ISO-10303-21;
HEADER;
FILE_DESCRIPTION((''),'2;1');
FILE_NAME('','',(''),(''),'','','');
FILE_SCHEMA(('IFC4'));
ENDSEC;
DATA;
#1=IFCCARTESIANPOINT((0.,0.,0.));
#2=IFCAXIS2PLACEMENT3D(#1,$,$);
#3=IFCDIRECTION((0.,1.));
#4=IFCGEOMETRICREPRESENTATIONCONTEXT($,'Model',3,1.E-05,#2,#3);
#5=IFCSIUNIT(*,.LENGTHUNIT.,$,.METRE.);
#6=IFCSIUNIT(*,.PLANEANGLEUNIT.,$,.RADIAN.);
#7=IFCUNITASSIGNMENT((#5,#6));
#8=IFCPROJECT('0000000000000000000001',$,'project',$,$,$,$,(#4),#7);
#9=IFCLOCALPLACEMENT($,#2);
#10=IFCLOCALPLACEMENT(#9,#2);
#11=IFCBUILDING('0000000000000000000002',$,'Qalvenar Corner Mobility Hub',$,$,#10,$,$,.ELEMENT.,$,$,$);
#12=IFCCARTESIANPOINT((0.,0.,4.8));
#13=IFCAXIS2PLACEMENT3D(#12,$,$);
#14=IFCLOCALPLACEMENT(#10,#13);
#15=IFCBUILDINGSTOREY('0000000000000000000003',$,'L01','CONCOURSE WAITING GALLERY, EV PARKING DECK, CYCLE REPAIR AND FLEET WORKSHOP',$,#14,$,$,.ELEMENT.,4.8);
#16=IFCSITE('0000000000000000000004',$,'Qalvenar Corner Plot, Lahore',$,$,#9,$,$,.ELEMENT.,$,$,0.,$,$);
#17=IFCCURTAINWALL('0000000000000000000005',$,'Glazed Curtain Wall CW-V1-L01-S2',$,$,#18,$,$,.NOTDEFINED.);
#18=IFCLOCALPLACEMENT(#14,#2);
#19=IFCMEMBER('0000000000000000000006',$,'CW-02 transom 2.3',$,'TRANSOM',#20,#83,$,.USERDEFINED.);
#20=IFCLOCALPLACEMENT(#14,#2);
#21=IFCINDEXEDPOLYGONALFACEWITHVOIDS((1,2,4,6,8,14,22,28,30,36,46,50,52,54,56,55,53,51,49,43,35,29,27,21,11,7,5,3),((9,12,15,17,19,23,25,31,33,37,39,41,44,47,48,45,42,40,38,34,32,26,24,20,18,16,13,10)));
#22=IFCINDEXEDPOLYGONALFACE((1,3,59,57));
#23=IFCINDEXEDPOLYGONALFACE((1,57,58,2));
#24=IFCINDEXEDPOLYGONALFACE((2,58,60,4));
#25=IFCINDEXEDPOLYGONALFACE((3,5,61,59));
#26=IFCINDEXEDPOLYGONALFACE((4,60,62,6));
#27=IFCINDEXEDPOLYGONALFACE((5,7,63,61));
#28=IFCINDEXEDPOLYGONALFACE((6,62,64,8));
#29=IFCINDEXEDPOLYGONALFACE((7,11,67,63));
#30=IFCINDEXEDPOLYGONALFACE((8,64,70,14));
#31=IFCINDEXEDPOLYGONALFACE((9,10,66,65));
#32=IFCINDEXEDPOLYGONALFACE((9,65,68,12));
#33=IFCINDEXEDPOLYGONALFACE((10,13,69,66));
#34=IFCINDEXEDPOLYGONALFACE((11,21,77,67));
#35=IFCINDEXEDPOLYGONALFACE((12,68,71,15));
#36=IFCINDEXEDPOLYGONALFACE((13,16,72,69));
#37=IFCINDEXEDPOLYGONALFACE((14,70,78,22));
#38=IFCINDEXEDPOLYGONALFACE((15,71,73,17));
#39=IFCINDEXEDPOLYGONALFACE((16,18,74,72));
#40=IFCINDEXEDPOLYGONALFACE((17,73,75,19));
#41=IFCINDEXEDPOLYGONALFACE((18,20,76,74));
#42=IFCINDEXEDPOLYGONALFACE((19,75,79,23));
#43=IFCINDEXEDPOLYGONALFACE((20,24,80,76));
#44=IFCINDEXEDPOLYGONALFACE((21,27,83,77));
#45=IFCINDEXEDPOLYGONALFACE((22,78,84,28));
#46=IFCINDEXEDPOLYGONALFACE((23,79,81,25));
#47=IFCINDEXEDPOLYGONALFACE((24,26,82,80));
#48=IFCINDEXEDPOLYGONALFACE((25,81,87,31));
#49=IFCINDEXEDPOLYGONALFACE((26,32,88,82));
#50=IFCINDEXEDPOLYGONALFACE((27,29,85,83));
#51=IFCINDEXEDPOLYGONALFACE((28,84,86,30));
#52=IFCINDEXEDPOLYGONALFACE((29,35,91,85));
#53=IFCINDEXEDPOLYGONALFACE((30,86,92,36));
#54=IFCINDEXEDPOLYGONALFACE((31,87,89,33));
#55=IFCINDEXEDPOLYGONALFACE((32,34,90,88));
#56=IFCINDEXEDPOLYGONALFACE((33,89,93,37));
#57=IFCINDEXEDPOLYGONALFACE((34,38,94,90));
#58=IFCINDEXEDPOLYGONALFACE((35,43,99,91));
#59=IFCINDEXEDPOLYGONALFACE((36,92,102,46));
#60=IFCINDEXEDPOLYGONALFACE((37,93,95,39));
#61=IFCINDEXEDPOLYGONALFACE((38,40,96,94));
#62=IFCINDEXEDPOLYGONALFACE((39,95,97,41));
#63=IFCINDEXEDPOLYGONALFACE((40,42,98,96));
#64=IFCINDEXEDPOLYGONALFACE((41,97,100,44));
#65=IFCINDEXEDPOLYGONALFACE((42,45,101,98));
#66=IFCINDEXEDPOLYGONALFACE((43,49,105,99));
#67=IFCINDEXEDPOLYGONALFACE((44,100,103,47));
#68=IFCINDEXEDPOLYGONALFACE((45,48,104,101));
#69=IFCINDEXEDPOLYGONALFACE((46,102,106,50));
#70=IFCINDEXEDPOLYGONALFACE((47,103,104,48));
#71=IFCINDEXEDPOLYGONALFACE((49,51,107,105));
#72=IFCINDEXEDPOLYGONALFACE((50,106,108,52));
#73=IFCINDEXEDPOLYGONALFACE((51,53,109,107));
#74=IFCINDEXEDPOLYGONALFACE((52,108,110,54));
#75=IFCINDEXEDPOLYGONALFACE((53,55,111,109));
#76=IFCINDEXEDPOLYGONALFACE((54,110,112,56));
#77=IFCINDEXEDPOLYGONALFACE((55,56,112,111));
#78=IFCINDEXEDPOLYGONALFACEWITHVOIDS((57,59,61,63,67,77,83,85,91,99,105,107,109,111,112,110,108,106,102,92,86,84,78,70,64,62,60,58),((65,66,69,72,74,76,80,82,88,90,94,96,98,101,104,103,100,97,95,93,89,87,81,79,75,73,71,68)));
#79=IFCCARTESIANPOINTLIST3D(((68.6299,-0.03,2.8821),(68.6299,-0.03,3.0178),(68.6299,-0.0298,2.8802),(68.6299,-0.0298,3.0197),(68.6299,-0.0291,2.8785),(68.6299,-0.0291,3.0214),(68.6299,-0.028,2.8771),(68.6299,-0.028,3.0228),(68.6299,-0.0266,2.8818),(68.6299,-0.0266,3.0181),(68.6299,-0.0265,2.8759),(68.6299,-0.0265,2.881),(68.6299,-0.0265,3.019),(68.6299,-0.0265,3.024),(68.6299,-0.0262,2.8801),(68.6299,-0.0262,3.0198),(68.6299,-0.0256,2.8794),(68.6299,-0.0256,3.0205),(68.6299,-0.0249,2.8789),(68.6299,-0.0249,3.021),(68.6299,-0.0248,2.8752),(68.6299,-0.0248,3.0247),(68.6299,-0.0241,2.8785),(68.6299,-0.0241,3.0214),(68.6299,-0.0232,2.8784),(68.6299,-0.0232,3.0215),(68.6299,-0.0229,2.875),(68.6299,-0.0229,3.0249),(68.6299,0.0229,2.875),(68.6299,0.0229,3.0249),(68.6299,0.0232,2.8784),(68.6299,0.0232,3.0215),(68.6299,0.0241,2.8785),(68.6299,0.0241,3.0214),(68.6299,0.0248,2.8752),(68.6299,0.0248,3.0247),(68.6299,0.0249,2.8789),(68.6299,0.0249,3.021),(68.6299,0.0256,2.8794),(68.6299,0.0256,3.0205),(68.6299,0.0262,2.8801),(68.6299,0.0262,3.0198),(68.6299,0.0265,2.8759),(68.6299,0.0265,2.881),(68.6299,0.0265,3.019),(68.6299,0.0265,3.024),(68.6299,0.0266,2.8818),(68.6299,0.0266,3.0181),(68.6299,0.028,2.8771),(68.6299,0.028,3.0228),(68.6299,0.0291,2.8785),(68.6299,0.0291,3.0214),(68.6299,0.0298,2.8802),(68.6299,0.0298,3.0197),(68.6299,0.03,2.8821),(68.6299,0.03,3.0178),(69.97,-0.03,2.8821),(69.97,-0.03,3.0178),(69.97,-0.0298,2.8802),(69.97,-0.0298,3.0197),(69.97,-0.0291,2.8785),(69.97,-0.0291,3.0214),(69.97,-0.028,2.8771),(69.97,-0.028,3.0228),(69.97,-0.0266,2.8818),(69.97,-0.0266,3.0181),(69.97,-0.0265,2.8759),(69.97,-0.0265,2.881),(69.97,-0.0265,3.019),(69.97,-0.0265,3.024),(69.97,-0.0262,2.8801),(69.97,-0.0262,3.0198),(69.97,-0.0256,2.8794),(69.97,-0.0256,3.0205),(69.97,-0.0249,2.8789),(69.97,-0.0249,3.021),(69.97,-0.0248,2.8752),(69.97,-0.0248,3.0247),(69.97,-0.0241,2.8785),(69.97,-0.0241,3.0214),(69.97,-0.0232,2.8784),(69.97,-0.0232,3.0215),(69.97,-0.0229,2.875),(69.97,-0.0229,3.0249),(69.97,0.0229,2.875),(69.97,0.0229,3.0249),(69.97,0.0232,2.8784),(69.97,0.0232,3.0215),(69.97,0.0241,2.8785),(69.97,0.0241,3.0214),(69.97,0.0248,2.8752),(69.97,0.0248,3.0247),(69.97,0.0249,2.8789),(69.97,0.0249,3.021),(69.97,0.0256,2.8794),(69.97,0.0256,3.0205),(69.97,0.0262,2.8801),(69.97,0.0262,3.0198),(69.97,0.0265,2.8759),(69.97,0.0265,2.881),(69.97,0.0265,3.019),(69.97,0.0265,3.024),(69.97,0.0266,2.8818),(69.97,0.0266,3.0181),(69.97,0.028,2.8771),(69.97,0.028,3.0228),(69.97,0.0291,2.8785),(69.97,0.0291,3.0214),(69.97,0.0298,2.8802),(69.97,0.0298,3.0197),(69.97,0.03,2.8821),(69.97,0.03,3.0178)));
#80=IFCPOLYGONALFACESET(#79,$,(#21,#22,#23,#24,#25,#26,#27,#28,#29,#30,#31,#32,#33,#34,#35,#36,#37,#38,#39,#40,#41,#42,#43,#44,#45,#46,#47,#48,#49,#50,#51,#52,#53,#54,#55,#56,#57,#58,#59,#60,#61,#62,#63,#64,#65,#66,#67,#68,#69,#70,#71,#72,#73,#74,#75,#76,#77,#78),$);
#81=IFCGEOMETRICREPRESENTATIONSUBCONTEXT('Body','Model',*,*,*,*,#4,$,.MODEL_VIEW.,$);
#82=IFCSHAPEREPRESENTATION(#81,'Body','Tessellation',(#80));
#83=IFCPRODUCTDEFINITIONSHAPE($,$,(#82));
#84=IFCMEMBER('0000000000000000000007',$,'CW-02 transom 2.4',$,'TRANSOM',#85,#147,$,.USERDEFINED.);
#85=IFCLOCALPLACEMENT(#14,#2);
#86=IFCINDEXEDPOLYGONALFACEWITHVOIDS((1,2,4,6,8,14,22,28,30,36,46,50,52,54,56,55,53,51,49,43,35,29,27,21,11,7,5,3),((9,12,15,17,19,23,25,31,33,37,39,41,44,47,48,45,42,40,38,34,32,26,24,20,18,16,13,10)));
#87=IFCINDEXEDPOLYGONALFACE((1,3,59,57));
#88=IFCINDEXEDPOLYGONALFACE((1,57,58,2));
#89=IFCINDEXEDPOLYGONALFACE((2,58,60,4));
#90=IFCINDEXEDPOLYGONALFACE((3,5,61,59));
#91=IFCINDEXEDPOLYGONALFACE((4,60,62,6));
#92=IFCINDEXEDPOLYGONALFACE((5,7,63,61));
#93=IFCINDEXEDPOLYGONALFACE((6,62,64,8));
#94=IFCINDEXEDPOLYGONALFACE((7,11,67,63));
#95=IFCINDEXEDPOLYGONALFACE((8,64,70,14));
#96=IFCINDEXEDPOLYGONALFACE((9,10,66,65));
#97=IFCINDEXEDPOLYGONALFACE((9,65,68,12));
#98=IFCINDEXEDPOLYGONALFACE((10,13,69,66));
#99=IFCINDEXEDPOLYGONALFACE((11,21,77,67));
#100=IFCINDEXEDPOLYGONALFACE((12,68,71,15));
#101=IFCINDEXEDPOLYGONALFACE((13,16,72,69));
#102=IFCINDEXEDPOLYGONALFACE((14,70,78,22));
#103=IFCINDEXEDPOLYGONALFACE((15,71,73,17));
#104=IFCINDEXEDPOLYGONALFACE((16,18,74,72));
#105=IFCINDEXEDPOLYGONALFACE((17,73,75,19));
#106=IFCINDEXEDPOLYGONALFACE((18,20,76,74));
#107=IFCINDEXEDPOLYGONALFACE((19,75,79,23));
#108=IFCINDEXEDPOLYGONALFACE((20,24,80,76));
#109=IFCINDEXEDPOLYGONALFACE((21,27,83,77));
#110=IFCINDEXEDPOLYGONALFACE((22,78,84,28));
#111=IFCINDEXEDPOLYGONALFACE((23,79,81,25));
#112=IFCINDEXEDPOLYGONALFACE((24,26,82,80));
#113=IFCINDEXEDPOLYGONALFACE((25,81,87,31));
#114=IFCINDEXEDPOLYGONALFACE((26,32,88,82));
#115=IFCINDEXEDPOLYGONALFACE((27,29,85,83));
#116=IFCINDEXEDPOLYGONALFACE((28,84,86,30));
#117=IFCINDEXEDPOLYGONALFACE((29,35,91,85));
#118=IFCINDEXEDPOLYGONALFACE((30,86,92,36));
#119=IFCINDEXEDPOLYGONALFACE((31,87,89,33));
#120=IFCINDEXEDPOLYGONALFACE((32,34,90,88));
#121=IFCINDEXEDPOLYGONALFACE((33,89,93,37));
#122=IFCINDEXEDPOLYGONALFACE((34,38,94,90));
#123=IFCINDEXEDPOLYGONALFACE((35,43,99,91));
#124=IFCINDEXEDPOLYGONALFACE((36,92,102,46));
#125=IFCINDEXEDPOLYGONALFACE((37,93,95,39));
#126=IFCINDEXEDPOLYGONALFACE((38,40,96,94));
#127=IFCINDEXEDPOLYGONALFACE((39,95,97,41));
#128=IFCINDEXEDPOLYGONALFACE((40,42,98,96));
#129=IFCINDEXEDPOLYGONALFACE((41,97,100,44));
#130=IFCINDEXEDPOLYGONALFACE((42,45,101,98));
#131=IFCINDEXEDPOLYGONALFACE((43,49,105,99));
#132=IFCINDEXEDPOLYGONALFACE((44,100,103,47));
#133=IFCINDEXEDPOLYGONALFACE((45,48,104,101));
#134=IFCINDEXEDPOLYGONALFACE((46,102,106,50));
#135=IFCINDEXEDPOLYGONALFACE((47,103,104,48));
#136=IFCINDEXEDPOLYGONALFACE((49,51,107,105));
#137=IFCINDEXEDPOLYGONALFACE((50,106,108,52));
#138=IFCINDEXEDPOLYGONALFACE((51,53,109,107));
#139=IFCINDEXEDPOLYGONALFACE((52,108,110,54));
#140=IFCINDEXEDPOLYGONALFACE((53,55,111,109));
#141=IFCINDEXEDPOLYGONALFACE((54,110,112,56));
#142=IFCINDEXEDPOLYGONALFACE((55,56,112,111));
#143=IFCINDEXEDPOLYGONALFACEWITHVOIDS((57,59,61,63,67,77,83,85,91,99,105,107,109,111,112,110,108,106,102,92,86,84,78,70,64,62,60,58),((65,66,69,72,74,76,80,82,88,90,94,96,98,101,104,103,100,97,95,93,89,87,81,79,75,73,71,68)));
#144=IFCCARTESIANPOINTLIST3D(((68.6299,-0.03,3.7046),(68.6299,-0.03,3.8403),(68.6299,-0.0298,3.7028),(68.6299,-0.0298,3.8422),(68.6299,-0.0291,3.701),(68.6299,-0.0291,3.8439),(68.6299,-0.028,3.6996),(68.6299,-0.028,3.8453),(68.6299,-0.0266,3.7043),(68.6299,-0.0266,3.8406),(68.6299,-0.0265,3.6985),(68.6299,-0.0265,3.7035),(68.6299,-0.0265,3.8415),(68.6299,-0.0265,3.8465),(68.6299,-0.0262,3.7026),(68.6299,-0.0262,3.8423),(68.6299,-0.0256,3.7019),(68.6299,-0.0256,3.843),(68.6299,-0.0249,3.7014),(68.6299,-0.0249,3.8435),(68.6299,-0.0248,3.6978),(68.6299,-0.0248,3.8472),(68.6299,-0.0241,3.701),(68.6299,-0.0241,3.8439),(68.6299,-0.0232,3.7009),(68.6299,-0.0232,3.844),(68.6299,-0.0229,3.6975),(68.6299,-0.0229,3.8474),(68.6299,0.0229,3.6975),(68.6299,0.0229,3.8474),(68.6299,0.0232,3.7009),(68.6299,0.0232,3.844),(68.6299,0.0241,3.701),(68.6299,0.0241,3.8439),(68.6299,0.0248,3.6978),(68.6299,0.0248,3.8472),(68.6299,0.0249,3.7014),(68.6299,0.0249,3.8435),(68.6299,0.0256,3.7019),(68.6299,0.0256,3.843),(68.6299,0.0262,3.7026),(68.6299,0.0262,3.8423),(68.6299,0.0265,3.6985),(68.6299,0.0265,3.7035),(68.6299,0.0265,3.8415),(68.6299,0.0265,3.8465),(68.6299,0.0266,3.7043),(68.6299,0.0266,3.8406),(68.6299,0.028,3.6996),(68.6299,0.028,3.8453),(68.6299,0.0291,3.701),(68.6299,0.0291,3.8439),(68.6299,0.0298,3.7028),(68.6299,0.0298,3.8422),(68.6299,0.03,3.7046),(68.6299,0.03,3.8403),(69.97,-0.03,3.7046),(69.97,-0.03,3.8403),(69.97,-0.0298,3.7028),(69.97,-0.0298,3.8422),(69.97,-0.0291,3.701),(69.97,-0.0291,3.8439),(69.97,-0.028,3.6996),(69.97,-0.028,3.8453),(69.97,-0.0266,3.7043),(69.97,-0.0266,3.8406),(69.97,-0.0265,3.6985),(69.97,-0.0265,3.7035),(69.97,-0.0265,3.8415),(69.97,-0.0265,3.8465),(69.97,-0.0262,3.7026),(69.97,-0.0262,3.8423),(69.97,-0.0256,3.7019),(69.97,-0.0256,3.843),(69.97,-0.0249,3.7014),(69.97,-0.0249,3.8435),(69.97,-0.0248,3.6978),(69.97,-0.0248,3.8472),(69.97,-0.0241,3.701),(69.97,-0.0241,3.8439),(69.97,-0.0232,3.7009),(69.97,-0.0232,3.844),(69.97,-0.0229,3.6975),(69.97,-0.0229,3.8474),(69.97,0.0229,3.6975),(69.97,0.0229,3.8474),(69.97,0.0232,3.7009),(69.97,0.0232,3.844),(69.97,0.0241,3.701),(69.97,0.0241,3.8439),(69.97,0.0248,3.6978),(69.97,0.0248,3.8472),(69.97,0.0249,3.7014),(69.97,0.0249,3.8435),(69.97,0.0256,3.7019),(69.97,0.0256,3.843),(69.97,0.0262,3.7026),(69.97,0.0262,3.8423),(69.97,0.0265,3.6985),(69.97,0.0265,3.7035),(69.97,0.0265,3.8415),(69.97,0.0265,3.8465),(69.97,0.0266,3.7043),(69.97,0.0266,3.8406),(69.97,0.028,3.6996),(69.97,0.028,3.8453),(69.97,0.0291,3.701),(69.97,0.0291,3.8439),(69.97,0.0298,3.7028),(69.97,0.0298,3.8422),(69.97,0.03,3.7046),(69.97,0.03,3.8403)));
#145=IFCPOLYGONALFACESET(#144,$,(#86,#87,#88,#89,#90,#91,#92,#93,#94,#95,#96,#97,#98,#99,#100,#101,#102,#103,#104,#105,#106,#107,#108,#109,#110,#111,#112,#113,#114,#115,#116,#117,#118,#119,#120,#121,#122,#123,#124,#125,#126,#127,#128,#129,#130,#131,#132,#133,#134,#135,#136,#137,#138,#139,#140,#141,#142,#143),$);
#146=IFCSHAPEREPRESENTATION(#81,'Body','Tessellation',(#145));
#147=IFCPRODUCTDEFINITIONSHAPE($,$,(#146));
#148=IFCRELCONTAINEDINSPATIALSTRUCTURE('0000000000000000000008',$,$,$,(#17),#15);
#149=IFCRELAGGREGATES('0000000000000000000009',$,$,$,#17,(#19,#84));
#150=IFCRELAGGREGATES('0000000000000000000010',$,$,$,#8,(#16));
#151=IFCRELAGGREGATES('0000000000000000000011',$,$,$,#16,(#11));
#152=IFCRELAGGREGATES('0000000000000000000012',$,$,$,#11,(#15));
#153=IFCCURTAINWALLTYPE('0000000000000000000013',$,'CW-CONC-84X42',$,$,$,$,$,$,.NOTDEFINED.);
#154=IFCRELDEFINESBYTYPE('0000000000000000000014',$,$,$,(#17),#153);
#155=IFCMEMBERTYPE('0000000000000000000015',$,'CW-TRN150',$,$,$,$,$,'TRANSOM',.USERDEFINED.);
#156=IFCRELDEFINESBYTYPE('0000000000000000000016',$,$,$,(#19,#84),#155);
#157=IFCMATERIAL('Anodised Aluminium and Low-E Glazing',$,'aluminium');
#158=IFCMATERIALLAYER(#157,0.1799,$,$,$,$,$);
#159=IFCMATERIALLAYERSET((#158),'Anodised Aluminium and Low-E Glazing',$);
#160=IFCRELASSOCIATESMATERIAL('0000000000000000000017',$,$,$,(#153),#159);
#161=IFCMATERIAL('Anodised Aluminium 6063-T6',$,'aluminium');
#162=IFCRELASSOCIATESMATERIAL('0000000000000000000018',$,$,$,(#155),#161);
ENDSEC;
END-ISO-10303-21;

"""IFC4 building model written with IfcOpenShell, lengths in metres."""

from ifc_helpers import new_model, si_unit, direction, frame, origin, origin_2d, place, context, subcontext, project, spatial, hollow_rectangle, extrude, material, layer, layer_set, material_profile, profile_set, type_object, element, aggregate, save


model = new_model("IFC4")

# Units and contexts
model_context = context("Model", 3, precision=1e-05, world=origin(), true_north=direction((0.0, 1.0)))
body_context = subcontext(model_context, "Body", "Model", "MODEL_VIEW")
ifc_project = project(units=[si_unit("LENGTHUNIT", "METRE"), si_unit("PLANEANGLEUNIT", "RADIAN")], contexts=[model_context])

# Site, building, storey
site_placement = place(None, origin())
site = spatial("IfcSite", under=ifc_project, at=site_placement, Name="Qalvenar Corner Plot, Lahore", CompositionType="ELEMENT", RefElevation=0.0)
building_placement = place(site_placement, origin())
building = spatial("IfcBuilding", under=site, at=building_placement, Name="Qalvenar Corner Mobility Hub", CompositionType="ELEMENT")
storey_placement = place(building_placement, frame((0.0, 0.0, 4.8)))
storey = spatial("IfcBuildingStorey", under=building, at=storey_placement, Name="L01", Description="CONCOURSE WAITING GALLERY, EV PARKING DECK, CYCLE REPAIR AND FLEET WORKSHOP", CompositionType="ELEMENT", Elevation=4.8)

# Curtain wall, members
ifc_material_1 = material(Name="Anodised Aluminium and Low-E Glazing", Category="aluminium")
ifc_layer_1 = layer(ifc_material_1, 0.1799)
ifc_layer_set_1 = layer_set([ifc_layer_1], Name="Anodised Aluminium and Low-E Glazing")
curtain_wall_type = type_object("IfcCurtainWallType", Name="CW-CONC-84X42", PredefinedType="NOTDEFINED", material=ifc_layer_set_1)
curtain_wall_placement = place(storey_placement, origin())
curtain_wall = element("IfcCurtainWall", 1, at=curtain_wall_placement, inside=storey, type_object=curtain_wall_type, Name="Glazed Curtain Wall CW-V1-L01-S2", PredefinedType="NOTDEFINED")
ifc_material_2 = material(Name="Anodised Aluminium 6063-T6", Category="aluminium")
ifc_material_profile_1 = material_profile(ifc_material_2, hollow_rectangle(XDim=0.0601, YDim=0.1499, WallThickness=0.0034, InnerFilletRadius=0.0034, OuterFilletRadius=0.0071, at=origin_2d()), Name="RHS150x60x3.5")
ifc_profile_set_1 = profile_set([ifc_material_profile_1], Name="Anodised Aluminium 6063-T6")
member_type_1 = type_object("IfcMemberType", Name="CW-TRN150", ElementType="TRANSOM", PredefinedType="USERDEFINED", material=ifc_profile_set_1)
member_1_placement = place(storey_placement, frame((68.6299, 0.0, 2.95), z_axis=(1.0, 0.0, 0.0), x_axis=(0.0, 1.0, 0.0)))
member_1 = element("IfcMember", 2, at=member_1_placement, type_object=member_type_1, Name="CW-02 transom 2.3", ObjectType="TRANSOM", PredefinedType="USERDEFINED", context=body_context, shape_type="SweptSolid", body=[
    extrude(hollow_rectangle(XDim=0.0601, YDim=0.1499, WallThickness=0.0034, InnerFilletRadius=0.0034, OuterFilletRadius=0.0071, at=origin_2d()), origin(), (0.0, 0.0, 1.0), 1.3401),
])
member_2_placement = place(storey_placement, frame((68.6299, 0.0, 3.7725), z_axis=(1.0, 0.0, 0.0), x_axis=(0.0, 1.0, 0.0)))
member_2 = element("IfcMember", 3, at=member_2_placement, type_object=member_type_1, Name="CW-02 transom 2.4", ObjectType="TRANSOM", PredefinedType="USERDEFINED", context=body_context, shape_type="SweptSolid", body=[
    extrude(hollow_rectangle(XDim=0.0601, YDim=0.1499, WallThickness=0.0034, InnerFilletRadius=0.0034, OuterFilletRadius=0.0071, at=origin_2d()), origin(), (0.0, 0.0, 1.0), 1.3401),
])
aggregate(curtain_wall, [member_1, member_2])

save(model, "model.ifc")
